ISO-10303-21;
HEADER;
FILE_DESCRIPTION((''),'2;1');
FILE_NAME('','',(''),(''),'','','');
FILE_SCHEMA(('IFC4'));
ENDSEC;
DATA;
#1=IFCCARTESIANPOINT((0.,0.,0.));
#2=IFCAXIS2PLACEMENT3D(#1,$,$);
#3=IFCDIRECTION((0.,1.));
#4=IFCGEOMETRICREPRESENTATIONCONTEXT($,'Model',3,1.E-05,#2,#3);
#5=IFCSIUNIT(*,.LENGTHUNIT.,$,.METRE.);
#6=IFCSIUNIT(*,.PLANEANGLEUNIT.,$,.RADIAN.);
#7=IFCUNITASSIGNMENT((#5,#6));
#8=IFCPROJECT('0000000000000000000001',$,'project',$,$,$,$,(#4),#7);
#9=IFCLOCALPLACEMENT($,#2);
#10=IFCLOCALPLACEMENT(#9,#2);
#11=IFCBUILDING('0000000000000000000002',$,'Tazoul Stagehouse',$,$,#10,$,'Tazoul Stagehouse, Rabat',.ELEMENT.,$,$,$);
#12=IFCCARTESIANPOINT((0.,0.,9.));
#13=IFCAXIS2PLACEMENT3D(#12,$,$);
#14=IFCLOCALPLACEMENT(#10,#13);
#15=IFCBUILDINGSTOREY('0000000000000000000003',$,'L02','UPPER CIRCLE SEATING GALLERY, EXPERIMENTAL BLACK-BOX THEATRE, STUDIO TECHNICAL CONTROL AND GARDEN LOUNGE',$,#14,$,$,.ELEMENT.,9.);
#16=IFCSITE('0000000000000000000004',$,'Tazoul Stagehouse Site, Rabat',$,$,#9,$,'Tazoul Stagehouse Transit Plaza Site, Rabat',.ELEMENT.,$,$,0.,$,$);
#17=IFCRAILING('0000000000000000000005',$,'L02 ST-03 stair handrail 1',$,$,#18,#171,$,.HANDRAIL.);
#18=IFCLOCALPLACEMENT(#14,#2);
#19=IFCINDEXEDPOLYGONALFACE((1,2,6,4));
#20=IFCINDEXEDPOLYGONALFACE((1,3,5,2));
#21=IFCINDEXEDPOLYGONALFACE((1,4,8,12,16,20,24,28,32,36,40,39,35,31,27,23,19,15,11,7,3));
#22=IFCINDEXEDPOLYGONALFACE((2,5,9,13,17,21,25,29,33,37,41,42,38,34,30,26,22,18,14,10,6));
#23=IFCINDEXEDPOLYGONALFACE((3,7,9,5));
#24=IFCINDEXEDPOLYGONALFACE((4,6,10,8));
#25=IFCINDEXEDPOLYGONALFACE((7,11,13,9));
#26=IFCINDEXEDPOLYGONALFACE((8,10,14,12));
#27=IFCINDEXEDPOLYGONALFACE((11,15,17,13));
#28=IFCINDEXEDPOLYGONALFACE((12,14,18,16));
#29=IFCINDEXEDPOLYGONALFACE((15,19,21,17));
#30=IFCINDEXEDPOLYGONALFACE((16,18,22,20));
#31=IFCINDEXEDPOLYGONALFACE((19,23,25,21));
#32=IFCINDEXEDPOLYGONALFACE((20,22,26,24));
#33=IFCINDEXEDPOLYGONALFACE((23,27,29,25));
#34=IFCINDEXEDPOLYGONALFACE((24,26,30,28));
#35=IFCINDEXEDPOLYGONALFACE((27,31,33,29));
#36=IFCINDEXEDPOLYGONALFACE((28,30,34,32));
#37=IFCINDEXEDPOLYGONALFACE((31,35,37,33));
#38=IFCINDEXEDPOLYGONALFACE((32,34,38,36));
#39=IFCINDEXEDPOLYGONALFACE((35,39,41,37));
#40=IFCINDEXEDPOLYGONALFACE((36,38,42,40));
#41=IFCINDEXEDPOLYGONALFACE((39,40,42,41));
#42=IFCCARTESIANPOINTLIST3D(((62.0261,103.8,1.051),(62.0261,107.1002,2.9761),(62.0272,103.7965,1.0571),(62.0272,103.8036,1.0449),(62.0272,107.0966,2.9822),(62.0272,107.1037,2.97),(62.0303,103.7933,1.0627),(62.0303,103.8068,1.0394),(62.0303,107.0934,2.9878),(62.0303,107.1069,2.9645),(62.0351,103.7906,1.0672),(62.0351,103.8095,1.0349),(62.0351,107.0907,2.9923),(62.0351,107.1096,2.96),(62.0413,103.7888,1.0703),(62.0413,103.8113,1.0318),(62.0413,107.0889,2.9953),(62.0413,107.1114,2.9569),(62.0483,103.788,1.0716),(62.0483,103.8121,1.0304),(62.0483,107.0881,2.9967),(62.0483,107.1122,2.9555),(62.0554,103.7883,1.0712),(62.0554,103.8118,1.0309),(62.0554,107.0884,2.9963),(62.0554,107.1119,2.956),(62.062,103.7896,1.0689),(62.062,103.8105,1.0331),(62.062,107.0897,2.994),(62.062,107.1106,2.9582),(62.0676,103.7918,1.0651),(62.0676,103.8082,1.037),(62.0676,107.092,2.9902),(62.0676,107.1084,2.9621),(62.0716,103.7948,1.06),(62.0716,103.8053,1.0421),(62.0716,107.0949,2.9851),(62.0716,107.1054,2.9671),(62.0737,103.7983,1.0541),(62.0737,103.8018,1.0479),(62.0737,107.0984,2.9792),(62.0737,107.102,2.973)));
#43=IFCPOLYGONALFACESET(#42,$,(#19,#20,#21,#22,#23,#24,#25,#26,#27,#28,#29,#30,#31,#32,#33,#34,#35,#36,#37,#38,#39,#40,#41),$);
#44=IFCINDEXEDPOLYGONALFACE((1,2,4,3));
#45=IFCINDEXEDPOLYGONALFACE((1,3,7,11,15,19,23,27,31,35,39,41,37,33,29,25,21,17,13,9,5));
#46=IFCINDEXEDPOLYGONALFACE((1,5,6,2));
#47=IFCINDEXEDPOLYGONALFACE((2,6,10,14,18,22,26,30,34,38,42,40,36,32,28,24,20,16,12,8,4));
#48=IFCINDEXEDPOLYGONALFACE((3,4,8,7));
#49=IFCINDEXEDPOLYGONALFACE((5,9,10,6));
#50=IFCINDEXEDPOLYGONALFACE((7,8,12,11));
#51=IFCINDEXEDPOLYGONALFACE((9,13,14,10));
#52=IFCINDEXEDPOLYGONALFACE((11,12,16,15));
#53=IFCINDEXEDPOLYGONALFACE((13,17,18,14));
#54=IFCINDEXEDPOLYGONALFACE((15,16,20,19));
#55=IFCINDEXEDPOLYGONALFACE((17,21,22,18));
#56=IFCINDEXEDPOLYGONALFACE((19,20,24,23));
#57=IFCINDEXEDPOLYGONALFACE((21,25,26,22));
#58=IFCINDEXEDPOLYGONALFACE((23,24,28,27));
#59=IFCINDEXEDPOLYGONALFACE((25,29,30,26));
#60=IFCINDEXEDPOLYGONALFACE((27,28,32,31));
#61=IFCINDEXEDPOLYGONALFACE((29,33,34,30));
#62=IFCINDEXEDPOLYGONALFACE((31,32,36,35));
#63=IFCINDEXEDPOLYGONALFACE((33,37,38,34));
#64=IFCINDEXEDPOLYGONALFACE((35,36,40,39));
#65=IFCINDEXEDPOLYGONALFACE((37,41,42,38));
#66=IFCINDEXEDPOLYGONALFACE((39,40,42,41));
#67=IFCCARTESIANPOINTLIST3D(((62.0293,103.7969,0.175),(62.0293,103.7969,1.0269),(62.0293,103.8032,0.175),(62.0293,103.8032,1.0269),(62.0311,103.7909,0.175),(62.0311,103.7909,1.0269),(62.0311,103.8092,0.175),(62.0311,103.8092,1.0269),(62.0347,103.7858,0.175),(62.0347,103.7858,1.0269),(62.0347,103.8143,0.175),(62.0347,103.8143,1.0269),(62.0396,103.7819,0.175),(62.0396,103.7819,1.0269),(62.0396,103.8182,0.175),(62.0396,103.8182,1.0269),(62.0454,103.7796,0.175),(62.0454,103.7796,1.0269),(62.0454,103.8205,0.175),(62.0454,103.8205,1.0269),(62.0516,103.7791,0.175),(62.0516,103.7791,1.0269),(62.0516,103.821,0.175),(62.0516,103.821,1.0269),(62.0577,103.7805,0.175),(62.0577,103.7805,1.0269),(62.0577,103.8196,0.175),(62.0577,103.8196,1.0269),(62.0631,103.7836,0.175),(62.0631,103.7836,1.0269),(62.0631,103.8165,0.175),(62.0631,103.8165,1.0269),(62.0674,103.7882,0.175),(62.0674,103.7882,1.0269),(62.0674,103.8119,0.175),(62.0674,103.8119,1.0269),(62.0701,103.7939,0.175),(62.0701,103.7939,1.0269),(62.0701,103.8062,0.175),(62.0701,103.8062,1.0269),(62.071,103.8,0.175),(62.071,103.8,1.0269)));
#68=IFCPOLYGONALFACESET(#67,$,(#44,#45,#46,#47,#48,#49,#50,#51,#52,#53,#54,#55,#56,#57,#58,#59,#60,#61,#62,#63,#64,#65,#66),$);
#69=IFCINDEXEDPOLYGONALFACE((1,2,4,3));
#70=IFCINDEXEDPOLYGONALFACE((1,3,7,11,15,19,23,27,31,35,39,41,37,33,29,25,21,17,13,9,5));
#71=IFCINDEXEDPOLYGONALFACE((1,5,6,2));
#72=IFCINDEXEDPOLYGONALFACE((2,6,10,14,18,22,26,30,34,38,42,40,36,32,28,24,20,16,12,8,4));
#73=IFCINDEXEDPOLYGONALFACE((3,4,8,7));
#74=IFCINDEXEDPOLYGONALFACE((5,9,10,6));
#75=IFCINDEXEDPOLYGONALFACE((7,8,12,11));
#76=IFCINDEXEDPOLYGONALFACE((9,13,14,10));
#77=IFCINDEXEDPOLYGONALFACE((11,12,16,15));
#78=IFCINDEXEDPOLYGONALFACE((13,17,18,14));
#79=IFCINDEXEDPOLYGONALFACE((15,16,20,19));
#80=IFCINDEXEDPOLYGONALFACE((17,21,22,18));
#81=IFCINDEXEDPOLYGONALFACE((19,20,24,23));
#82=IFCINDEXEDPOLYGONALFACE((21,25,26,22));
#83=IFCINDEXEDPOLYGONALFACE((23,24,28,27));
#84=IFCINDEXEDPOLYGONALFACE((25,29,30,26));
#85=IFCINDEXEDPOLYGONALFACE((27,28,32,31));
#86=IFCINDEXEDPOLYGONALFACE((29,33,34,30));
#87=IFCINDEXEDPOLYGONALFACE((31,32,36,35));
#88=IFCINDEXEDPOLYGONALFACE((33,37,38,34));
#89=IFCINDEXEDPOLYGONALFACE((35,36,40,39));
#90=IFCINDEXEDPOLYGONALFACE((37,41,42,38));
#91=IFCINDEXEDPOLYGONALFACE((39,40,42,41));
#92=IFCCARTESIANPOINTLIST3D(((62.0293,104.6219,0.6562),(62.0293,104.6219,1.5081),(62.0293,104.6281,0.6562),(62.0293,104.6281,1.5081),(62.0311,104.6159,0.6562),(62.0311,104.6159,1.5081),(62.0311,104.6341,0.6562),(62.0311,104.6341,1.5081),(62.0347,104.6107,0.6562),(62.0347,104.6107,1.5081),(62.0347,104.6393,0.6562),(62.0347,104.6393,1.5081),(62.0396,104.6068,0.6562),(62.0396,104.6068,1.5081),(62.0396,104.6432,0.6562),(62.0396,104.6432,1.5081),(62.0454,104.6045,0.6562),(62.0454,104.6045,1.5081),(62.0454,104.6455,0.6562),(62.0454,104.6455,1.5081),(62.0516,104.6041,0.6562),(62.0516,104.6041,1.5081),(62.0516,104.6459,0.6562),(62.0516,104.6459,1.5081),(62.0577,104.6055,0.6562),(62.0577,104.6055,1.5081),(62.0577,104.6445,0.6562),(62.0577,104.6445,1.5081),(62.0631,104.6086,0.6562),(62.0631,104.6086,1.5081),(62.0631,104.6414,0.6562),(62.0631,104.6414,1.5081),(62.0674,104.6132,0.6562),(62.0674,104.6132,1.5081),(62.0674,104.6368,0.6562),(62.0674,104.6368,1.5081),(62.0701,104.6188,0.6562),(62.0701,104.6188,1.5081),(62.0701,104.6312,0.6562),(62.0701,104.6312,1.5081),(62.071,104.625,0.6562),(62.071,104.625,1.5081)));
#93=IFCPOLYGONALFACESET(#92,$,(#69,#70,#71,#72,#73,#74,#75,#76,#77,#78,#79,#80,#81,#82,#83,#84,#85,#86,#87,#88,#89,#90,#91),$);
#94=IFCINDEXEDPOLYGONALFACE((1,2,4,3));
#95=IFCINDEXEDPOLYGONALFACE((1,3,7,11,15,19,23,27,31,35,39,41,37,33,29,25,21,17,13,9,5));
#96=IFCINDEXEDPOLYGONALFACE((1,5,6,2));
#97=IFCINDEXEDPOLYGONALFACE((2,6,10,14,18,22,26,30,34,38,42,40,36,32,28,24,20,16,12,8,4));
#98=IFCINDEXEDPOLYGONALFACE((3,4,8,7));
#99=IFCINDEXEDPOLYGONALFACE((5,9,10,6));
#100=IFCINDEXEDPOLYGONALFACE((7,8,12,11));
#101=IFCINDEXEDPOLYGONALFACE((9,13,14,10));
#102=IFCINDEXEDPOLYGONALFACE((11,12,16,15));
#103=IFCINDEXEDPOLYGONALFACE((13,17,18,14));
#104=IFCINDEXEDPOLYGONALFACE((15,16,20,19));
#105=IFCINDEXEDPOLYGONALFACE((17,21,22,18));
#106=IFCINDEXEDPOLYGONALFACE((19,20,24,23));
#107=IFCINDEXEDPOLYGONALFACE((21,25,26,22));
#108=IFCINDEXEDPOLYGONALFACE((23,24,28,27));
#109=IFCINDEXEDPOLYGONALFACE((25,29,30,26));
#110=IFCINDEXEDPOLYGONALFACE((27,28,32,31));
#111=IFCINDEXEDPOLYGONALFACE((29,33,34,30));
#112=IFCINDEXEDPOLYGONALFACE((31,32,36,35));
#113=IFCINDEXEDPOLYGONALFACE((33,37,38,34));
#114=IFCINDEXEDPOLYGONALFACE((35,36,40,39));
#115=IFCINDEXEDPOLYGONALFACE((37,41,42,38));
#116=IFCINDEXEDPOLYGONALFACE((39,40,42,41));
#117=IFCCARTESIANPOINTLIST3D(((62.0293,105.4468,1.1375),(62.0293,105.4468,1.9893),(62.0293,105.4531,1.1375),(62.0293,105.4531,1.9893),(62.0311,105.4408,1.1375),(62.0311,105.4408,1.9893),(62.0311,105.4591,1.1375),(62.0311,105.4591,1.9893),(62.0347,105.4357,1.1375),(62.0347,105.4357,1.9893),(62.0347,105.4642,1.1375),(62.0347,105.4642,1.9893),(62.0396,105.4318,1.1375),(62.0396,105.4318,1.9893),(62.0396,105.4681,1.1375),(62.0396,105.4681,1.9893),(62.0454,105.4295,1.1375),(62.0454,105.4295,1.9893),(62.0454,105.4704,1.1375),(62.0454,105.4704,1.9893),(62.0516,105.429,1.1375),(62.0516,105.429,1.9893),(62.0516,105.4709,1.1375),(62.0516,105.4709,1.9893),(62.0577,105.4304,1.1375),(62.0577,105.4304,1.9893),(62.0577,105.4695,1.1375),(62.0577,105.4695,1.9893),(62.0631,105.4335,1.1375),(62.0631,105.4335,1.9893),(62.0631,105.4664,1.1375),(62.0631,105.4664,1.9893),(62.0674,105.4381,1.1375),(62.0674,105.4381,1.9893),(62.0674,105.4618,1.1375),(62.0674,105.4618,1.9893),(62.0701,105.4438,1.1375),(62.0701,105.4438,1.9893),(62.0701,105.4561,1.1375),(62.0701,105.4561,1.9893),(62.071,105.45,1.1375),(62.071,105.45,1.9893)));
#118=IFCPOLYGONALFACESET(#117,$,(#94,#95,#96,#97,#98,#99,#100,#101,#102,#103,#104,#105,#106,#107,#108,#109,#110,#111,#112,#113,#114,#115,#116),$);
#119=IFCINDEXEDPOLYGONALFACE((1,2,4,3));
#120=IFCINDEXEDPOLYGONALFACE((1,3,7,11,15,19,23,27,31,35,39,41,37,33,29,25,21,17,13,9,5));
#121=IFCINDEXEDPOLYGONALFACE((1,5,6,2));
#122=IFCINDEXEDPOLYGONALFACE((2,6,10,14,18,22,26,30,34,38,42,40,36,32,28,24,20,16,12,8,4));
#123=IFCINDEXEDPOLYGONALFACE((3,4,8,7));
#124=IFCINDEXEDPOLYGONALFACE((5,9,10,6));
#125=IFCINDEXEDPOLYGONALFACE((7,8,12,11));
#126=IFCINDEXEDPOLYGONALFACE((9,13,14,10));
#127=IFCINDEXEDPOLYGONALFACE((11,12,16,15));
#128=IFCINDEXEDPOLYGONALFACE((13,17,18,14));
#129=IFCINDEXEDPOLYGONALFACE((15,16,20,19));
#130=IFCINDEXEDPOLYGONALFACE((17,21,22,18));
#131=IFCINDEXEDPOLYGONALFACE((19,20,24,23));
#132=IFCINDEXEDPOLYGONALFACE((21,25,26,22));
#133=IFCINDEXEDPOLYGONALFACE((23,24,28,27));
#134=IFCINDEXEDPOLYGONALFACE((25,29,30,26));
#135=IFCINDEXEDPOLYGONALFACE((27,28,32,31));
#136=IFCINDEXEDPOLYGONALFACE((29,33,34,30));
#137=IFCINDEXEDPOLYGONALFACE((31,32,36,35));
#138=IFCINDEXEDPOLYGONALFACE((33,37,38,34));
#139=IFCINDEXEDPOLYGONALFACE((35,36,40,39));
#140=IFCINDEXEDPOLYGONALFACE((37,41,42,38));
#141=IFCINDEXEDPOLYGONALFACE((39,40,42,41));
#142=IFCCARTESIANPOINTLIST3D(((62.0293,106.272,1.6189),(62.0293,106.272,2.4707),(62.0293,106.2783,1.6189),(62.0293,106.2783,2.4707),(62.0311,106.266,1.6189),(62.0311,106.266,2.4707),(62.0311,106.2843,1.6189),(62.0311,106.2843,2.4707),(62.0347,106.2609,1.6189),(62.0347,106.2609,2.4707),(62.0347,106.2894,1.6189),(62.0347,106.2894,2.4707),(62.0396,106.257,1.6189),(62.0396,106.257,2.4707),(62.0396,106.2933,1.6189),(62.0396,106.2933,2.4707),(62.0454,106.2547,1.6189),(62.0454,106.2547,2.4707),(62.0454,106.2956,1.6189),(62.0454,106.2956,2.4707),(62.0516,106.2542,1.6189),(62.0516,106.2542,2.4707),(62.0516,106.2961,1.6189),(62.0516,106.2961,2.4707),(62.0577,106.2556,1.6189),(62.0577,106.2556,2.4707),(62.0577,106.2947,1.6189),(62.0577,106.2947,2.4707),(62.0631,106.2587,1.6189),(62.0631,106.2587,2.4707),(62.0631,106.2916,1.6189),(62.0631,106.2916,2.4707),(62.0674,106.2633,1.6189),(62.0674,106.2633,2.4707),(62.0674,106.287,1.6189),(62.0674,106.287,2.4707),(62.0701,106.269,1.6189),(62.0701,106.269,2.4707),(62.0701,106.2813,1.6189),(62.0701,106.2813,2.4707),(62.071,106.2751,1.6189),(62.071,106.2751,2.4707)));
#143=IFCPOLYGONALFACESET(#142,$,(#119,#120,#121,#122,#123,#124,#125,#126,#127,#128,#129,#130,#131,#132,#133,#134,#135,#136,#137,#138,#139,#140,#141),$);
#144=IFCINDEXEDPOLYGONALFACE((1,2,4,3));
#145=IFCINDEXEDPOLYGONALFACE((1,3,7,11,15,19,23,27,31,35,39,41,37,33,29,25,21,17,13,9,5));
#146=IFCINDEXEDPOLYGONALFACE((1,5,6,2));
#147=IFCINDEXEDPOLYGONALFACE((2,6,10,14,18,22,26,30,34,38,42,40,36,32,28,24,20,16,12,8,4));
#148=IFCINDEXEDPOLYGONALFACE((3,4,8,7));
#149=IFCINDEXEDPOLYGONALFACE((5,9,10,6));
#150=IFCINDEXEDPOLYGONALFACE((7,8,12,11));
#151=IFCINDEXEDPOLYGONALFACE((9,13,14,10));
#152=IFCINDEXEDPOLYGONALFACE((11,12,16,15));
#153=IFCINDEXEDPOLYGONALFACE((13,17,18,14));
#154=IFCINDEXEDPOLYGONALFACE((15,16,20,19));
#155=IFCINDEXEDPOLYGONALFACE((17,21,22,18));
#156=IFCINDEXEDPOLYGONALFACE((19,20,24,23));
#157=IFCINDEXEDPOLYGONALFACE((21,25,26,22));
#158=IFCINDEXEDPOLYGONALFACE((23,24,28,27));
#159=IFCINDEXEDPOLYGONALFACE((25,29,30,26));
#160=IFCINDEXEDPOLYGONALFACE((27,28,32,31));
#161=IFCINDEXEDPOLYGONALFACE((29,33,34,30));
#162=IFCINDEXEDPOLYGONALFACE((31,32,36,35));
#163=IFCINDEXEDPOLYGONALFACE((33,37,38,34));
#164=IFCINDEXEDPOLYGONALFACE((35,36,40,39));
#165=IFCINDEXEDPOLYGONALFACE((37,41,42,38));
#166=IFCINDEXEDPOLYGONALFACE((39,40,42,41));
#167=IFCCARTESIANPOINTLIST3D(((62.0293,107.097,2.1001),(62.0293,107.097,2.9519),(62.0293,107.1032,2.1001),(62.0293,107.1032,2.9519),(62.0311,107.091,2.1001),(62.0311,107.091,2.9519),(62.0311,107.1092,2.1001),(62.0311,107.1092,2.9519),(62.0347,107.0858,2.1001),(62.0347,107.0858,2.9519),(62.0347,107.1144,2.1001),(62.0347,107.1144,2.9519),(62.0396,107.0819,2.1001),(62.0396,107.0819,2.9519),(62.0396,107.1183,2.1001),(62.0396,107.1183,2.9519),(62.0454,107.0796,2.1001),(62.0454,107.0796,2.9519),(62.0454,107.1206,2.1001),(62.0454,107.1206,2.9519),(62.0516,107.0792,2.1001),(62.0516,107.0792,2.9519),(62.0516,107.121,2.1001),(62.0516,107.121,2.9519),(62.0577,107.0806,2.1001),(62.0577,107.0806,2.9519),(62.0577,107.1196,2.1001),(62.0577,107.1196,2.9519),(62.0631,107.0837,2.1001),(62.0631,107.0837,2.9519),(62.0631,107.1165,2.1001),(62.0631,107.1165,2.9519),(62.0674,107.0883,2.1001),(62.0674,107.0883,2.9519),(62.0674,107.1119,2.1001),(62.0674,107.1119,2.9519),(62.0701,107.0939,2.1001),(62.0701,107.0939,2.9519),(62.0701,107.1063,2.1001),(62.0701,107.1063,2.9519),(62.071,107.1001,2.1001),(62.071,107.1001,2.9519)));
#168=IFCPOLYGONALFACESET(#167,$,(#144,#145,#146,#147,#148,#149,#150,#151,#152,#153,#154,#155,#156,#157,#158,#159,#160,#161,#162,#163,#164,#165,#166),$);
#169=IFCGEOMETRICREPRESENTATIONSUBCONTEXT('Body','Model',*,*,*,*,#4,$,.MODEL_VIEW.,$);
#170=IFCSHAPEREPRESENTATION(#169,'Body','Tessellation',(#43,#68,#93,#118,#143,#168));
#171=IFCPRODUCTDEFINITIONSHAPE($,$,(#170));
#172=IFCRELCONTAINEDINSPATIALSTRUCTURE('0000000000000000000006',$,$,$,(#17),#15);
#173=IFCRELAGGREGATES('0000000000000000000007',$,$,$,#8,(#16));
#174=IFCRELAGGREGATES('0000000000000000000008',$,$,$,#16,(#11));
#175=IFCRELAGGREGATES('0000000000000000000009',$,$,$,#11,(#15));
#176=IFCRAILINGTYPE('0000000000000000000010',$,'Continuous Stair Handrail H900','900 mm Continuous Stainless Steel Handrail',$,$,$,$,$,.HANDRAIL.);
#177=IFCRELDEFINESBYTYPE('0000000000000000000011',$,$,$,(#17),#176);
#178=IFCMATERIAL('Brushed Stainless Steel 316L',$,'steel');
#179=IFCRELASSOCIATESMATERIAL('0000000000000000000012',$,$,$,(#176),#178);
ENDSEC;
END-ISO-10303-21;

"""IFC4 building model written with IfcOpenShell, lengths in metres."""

from ifc_helpers import new_model, si_unit, direction, frame, origin, origin_2d, place, context, subcontext, project, spatial, circle, extrude, material, material_profile, profile_set, type_object, element, save


model = new_model("IFC4")

# Units and contexts
model_context = context("Model", 3, precision=1e-05, world=origin(), true_north=direction((0.0, 1.0)))
body_context = subcontext(model_context, "Body", "Model", "MODEL_VIEW")
ifc_project = project(units=[si_unit("LENGTHUNIT", "METRE"), si_unit("PLANEANGLEUNIT", "RADIAN")], contexts=[model_context])

# Site, building, storey
site_placement = place(None, origin())
site = spatial("IfcSite", under=ifc_project, at=site_placement, Name="Tazoul Stagehouse Site, Rabat", LongName="Tazoul Stagehouse Transit Plaza Site, Rabat", CompositionType="ELEMENT", RefElevation=0.0)
building_placement = place(site_placement, origin())
building = spatial("IfcBuilding", under=site, at=building_placement, Name="Tazoul Stagehouse", LongName="Tazoul Stagehouse, Rabat", CompositionType="ELEMENT")
storey_placement = place(building_placement, frame((0.0, 0.0, 9.0)))
storey = spatial("IfcBuildingStorey", under=building, at=storey_placement, Name="L02", Description="UPPER CIRCLE SEATING GALLERY, EXPERIMENTAL BLACK-BOX THEATRE, STUDIO TECHNICAL CONTROL AND GARDEN LOUNGE", CompositionType="ELEMENT", Elevation=9.0)

# Railing
ifc_material_1 = material(Name="Brushed Stainless Steel 316L", Category="steel")
ifc_material_profile_1 = material_profile(ifc_material_1, circle(Radius=0.021, at=origin_2d()), Name="SS HANDRAIL D42")
ifc_profile_set_1 = profile_set([ifc_material_profile_1], Name="Brushed Stainless Steel 316L")
railing_type_1 = type_object("IfcRailingType", Name="Continuous Stair Handrail H900", Description="900 mm Continuous Stainless Steel Handrail", PredefinedType="HANDRAIL", material=ifc_profile_set_1)
railing_1_placement = place(storey_placement, frame((62.05, 103.8, 0.175)))
element("IfcRailing", 1, at=railing_1_placement, inside=storey, type_object=railing_type_1, Name="L02 ST-03 stair handrail 1", PredefinedType="HANDRAIL", context=body_context, shape_type="SweptSolid", body=[
    extrude(circle(Radius=0.0239, at=origin_2d()), frame((0.0, 0.0, 0.876), z_axis=(0.0, 0.863777, 0.503875), x_axis=(-1.0, 0.0, 0.0)), (0.0, 0.0, 1.0), 3.8206),
    extrude(circle(Radius=0.021, at=origin_2d()), origin(), (0.0, 0.0, 1.0), 0.8518),
    extrude(circle(Radius=0.021, at=origin_2d()), frame((0.0, 0.825, 0.4812)), (0.0, 0.0, 1.0), 0.8518),
    extrude(circle(Radius=0.021, at=origin_2d()), frame((0.0, 1.6499, 0.9624)), (0.0, 0.0, 1.0), 0.8518),
    extrude(circle(Radius=0.021, at=origin_2d()), frame((0.0, 2.4751, 1.4438)), (0.0, 0.0, 1.0), 0.8518),
    extrude(circle(Radius=0.021, at=origin_2d()), frame((0.0, 3.3, 1.925)), (0.0, 0.0, 1.0), 0.8518),
])

save(model, "model.ifc")
